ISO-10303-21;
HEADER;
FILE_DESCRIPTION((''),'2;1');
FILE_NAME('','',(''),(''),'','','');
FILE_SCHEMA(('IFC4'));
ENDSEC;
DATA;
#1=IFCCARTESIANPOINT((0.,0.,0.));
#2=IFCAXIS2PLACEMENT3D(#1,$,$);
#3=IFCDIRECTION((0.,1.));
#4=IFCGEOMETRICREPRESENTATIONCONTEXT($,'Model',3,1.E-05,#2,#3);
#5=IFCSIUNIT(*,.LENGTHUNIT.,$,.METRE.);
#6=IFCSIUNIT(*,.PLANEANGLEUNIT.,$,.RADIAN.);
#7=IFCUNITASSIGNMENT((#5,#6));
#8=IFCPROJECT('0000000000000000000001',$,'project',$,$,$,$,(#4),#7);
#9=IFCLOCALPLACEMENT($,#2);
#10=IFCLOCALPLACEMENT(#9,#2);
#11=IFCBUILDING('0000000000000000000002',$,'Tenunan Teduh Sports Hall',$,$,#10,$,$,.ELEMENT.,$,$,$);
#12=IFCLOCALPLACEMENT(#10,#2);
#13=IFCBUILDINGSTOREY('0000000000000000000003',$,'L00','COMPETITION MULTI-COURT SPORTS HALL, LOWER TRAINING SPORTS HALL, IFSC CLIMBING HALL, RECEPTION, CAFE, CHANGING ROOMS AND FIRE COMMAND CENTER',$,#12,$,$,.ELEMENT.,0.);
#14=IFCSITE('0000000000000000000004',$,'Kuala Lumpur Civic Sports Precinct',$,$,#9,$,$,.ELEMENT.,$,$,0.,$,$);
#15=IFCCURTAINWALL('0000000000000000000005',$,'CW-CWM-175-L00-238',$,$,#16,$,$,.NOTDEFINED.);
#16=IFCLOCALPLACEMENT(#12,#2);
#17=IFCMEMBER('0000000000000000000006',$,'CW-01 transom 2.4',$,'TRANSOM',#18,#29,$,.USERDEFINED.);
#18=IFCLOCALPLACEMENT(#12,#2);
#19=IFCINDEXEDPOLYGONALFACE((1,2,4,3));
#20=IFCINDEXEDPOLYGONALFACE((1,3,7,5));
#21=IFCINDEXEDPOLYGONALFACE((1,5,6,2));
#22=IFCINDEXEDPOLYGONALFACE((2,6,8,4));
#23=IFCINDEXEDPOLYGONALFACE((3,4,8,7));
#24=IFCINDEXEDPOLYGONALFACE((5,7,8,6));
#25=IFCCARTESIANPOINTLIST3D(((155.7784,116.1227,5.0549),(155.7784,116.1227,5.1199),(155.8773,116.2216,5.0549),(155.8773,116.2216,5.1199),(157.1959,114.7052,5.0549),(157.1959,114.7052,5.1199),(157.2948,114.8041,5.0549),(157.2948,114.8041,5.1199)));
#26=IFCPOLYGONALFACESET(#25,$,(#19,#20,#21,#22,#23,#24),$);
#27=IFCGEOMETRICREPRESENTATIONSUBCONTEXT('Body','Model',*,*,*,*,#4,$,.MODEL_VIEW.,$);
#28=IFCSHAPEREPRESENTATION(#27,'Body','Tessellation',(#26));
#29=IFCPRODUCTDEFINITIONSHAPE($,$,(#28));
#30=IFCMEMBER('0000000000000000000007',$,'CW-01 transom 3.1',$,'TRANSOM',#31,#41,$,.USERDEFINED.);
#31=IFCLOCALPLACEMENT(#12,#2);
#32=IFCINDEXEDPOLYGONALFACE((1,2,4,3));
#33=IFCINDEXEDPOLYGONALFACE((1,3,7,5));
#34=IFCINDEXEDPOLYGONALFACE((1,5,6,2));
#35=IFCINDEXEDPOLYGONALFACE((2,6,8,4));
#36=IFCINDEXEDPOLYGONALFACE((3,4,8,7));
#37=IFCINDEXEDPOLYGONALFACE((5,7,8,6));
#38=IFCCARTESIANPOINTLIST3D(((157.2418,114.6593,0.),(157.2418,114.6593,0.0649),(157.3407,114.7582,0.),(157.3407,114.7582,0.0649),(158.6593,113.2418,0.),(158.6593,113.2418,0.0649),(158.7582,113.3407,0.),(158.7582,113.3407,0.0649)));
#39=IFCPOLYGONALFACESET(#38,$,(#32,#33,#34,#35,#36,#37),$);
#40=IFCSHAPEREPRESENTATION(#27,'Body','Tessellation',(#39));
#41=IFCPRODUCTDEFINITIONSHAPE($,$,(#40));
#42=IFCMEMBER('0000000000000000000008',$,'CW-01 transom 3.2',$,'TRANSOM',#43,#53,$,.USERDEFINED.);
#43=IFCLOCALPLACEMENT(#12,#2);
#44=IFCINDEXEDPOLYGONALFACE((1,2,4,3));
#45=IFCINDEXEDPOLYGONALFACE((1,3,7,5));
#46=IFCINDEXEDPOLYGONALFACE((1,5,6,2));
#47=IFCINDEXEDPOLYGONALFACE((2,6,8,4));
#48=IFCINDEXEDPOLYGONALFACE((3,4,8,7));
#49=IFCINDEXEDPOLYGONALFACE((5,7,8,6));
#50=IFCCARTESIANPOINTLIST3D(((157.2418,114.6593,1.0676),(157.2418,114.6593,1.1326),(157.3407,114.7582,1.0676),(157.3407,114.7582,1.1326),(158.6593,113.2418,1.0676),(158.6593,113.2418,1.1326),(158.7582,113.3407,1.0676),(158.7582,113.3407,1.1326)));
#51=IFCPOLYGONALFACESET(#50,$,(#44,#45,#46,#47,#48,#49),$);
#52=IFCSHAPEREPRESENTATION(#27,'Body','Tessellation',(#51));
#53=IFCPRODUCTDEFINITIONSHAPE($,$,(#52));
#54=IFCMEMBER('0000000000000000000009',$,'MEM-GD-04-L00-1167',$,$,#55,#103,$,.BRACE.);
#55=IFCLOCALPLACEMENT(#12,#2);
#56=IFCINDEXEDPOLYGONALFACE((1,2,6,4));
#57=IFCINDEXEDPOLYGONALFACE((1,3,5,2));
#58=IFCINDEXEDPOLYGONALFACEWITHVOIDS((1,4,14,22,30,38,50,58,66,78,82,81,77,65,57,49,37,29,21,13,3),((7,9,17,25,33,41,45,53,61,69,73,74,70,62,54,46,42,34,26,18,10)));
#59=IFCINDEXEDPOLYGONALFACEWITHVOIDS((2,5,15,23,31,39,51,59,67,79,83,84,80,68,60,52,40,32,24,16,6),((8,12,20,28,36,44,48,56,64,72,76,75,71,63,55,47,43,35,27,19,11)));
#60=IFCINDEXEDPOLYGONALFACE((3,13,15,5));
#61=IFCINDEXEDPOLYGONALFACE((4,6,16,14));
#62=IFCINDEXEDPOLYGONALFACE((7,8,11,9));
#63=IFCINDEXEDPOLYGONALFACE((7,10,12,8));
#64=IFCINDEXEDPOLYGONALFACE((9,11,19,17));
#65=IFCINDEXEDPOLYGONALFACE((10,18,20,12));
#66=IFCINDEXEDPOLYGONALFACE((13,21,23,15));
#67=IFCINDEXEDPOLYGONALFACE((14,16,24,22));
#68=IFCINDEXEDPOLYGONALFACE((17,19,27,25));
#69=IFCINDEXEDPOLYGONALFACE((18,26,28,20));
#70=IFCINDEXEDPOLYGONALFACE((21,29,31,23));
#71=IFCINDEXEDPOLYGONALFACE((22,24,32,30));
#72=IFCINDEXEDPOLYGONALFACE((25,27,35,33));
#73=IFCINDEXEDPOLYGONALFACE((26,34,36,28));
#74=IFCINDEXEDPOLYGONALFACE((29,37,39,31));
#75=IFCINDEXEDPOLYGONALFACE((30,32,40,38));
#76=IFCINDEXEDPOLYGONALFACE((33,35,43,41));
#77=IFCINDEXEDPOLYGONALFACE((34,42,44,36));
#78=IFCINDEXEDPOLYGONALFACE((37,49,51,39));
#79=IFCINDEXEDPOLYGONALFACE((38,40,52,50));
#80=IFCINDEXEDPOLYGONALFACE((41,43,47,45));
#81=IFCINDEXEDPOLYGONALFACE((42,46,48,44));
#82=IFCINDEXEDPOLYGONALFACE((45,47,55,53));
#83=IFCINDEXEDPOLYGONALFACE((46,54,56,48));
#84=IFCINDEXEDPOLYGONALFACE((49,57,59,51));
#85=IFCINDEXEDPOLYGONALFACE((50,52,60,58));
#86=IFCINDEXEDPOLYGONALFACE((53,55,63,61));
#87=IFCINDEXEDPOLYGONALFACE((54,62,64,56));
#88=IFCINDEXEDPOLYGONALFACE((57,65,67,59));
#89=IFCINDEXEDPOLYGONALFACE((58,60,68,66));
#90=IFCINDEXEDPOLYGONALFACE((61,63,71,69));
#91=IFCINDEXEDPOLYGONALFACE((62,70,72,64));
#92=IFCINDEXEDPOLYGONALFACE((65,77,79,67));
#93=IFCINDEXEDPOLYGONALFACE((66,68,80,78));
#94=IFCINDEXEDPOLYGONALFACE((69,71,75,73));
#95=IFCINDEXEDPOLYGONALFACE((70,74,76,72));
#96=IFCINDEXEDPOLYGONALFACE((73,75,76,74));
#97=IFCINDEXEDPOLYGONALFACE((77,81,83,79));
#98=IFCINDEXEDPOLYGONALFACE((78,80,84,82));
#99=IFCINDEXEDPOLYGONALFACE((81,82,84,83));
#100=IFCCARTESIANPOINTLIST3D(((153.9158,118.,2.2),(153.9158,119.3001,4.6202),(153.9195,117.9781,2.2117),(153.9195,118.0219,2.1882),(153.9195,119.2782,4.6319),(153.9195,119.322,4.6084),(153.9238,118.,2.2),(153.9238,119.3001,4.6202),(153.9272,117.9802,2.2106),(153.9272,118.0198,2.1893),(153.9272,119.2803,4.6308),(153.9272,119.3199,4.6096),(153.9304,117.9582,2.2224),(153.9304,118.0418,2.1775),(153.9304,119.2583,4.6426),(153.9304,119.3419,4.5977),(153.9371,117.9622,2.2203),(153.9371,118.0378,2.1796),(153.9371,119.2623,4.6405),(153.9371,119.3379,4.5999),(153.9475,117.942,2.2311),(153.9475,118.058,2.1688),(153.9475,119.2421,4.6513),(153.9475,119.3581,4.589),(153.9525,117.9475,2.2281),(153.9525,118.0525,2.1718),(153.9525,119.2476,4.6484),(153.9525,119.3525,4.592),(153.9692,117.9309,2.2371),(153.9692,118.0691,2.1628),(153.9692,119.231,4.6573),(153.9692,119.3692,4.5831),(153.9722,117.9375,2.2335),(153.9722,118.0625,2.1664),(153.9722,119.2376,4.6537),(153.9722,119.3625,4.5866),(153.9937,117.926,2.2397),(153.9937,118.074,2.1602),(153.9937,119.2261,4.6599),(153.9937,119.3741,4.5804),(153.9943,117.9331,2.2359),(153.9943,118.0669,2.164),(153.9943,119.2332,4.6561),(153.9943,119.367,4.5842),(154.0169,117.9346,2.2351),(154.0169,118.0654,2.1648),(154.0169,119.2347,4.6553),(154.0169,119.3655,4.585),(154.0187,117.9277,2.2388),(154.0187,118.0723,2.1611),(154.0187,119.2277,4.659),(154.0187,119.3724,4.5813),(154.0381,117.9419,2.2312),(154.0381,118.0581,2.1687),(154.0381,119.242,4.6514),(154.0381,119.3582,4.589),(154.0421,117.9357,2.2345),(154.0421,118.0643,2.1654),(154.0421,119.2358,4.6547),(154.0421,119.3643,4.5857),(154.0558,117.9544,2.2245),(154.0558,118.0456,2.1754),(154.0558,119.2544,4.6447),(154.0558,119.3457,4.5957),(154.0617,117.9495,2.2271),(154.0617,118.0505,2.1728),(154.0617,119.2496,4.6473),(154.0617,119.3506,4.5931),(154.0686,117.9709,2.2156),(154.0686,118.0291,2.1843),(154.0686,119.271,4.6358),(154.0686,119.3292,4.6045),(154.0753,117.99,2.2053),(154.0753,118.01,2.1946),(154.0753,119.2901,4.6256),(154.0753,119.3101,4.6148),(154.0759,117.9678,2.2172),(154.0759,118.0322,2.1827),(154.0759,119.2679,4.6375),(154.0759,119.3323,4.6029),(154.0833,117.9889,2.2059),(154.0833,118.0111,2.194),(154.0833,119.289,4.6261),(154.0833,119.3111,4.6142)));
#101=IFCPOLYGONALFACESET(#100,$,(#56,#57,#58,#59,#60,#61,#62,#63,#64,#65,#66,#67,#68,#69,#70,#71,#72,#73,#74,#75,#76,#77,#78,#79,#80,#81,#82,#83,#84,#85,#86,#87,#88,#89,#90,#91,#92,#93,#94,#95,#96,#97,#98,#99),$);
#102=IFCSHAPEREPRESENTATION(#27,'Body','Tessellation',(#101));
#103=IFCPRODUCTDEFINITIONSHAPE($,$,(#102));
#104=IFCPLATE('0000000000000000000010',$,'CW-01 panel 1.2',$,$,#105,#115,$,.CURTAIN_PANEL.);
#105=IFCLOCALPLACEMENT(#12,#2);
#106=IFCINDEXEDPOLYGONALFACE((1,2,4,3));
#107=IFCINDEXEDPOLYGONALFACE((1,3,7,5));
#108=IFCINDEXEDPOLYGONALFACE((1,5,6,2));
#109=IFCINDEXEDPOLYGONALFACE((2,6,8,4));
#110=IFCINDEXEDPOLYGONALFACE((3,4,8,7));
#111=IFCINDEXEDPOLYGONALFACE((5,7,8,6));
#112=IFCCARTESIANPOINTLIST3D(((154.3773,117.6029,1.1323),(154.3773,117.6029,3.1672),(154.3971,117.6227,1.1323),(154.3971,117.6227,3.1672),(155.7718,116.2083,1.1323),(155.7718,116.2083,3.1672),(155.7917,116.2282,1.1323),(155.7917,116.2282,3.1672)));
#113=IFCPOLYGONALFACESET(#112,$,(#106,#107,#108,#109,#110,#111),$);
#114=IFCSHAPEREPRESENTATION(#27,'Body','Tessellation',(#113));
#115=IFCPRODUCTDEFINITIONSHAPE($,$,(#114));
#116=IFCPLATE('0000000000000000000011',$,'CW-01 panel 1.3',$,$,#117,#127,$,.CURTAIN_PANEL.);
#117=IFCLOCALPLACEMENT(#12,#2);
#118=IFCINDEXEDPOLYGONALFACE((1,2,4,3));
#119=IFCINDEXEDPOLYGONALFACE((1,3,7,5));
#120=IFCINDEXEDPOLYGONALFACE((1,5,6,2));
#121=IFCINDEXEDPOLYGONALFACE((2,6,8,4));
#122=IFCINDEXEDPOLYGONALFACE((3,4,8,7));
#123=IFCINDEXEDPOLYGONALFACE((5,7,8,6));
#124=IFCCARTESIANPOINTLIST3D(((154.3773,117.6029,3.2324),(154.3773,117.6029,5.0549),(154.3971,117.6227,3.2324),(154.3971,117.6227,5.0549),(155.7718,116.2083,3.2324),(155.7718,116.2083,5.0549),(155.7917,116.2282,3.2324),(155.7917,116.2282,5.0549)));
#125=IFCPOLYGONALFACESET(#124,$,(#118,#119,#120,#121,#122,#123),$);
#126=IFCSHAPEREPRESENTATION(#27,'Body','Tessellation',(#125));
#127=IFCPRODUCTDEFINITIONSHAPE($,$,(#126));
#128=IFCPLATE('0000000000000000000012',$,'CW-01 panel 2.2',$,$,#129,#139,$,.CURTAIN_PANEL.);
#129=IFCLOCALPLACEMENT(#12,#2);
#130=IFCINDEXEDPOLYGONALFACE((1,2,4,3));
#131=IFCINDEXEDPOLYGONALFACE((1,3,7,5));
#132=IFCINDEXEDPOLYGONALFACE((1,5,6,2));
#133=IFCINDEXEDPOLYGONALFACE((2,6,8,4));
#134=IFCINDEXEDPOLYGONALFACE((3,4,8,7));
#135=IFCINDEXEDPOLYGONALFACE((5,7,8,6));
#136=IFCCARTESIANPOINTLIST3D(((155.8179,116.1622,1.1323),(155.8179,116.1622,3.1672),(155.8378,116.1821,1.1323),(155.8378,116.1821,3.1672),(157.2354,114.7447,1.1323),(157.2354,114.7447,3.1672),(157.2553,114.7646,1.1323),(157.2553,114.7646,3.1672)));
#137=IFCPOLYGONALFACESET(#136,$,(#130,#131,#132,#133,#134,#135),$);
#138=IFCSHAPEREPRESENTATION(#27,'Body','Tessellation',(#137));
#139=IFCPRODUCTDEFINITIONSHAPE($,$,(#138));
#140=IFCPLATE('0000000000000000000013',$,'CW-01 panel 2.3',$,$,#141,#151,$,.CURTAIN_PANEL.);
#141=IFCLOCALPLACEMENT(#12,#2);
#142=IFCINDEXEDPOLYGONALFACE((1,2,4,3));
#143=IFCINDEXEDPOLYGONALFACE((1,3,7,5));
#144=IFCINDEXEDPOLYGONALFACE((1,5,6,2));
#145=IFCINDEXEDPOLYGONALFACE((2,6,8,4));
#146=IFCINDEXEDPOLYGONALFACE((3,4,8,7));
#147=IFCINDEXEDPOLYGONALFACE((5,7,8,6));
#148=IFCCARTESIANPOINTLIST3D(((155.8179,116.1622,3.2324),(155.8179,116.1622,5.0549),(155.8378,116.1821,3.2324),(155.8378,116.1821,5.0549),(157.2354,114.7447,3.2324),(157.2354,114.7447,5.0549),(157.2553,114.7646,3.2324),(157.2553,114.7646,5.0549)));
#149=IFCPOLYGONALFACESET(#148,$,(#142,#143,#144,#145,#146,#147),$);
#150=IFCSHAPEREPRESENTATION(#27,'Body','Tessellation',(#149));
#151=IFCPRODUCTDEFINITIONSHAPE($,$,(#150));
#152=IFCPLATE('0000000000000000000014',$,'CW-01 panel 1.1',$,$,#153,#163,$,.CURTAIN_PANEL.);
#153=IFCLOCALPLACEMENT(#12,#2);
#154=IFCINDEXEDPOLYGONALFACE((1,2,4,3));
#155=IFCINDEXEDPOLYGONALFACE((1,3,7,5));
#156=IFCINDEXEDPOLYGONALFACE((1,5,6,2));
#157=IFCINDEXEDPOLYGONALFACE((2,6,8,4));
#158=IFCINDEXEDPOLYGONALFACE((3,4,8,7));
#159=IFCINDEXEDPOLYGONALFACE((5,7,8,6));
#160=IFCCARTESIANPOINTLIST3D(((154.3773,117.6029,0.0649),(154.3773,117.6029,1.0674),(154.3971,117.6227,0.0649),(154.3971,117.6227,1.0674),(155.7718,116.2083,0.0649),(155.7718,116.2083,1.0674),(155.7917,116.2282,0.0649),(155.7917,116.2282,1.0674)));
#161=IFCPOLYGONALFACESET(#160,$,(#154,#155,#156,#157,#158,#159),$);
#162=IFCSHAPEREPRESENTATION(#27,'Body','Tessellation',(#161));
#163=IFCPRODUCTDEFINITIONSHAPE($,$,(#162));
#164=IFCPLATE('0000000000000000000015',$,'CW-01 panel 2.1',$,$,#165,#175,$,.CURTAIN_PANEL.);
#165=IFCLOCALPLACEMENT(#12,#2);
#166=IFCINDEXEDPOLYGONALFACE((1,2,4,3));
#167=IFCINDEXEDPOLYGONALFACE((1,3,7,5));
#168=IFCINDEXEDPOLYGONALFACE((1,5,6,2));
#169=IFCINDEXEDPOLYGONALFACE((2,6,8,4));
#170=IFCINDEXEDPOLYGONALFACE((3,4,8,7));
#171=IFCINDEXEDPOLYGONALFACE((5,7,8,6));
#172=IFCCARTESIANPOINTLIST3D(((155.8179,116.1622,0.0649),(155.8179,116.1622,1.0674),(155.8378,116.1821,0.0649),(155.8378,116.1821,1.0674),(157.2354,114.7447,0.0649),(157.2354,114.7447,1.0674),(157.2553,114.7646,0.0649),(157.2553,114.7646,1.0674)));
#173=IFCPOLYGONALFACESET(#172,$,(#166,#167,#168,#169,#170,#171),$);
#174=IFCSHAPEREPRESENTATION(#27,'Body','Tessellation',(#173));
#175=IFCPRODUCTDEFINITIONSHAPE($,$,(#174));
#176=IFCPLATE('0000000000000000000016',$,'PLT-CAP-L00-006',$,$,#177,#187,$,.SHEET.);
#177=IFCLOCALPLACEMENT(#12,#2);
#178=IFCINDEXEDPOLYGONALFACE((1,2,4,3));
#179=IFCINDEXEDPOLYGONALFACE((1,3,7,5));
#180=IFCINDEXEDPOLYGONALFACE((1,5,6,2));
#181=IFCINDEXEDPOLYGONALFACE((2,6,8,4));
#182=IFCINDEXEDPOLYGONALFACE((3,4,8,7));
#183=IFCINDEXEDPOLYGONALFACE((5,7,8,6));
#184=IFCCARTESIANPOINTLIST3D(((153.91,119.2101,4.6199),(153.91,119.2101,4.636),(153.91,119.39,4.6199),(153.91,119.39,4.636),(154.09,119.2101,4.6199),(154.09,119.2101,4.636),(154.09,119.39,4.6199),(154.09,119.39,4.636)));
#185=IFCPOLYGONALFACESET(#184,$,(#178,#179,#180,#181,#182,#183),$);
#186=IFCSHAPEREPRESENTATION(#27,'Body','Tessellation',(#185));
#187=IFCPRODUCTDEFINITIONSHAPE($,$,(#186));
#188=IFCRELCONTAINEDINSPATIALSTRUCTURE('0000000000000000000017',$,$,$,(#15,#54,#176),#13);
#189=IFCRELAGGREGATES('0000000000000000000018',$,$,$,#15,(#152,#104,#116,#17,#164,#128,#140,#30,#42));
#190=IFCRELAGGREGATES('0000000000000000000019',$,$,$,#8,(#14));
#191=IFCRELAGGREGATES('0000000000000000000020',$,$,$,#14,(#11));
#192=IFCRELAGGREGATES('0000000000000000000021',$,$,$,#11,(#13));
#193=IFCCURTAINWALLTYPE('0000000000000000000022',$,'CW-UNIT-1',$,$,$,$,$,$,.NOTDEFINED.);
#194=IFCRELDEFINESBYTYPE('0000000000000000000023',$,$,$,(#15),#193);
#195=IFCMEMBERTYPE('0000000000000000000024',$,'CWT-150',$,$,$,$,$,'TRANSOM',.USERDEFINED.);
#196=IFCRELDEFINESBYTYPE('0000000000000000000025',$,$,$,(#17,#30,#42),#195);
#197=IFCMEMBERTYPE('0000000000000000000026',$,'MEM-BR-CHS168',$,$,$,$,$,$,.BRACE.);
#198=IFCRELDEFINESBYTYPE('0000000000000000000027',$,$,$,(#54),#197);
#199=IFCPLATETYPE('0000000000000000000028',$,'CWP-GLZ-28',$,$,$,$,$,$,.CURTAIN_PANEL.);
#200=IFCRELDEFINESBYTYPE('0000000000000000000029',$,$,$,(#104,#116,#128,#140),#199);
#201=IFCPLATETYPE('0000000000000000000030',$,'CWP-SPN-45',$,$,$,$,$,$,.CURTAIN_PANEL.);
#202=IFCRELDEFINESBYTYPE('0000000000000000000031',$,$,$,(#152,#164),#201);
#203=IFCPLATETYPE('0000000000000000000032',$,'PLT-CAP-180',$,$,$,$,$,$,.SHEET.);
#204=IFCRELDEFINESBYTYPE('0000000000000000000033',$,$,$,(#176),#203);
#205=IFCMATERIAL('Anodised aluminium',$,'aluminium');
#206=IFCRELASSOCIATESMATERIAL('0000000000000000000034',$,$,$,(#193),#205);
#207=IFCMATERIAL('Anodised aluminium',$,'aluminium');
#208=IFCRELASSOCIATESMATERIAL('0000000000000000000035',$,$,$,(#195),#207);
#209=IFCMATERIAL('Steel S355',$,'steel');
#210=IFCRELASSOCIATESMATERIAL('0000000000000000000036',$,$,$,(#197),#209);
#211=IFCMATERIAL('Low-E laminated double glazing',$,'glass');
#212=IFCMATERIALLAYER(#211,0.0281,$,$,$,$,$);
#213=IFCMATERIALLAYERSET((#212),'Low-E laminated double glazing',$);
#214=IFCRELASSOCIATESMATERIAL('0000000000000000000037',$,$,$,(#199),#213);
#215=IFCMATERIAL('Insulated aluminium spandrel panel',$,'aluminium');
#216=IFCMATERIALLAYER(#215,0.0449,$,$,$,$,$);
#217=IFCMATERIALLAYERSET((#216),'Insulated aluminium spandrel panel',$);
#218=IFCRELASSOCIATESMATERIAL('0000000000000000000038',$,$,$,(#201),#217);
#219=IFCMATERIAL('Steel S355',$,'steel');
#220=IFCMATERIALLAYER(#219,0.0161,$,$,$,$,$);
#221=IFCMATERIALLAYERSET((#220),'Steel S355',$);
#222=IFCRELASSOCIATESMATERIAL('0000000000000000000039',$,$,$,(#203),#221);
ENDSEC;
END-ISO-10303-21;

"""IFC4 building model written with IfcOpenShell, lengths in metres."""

from ifc_helpers import new_model, si_unit, direction, frame, origin, origin_2d, place, context, subcontext, project, spatial, rectangle, hollow_circle, extrude, material, layer, layer_set, material_profile, profile_set, type_object, element, aggregate, save


model = new_model("IFC4")

# Units and contexts
model_context = context("Model", 3, precision=1e-05, world=origin(), true_north=direction((0.0, 1.0)))
body_context = subcontext(model_context, "Body", "Model", "MODEL_VIEW")
ifc_project = project(units=[si_unit("LENGTHUNIT", "METRE"), si_unit("PLANEANGLEUNIT", "RADIAN")], contexts=[model_context])

# Site, building, storey
site_placement = place(None, origin())
site = spatial("IfcSite", under=ifc_project, at=site_placement, Name="Kuala Lumpur Civic Sports Precinct", CompositionType="ELEMENT", RefElevation=0.0)
building_placement = place(site_placement, origin())
building = spatial("IfcBuilding", under=site, at=building_placement, Name="Tenunan Teduh Sports Hall", CompositionType="ELEMENT")
storey_placement = place(building_placement, origin())
storey = spatial("IfcBuildingStorey", under=building, at=storey_placement, Name="L00", Description="COMPETITION MULTI-COURT SPORTS HALL, LOWER TRAINING SPORTS HALL, IFSC CLIMBING HALL, RECEPTION, CAFE, CHANGING ROOMS AND FIRE COMMAND CENTER", CompositionType="ELEMENT", Elevation=0.0)

# Curtain wall, members
ifc_material_1 = material(Name="Anodised aluminium", Category="aluminium")
curtain_wall_type = type_object("IfcCurtainWallType", Name="CW-UNIT-1", PredefinedType="NOTDEFINED", material=ifc_material_1)
curtain_wall_placement = place(storey_placement, origin())
curtain_wall = element("IfcCurtainWall", 1, at=curtain_wall_placement, inside=storey, type_object=curtain_wall_type, Name="CW-CWM-175-L00-238", PredefinedType="NOTDEFINED")
ifc_material_2 = material(Name="Anodised aluminium", Category="aluminium")
ifc_material_profile_1 = material_profile(ifc_material_2, rectangle(XDim=0.0649, YDim=0.1399, at=origin_2d()), Name="CWT 65x140")
ifc_profile_set_1 = profile_set([ifc_material_profile_1], Name="Anodised aluminium")
member_type_1 = type_object("IfcMemberType", Name="CWT-150", ElementType="TRANSOM", PredefinedType="USERDEFINED", material=ifc_profile_set_1)
member_1_placement = place(storey_placement, frame((155.8279, 116.1721, 5.0874), z_axis=(0.707107, -0.707107, 0.0), x_axis=(0.0, 0.0, 1.0)))
member_1 = element("IfcMember", 2, at=member_1_placement, type_object=member_type_1, Name="CW-01 transom 2.4", ObjectType="TRANSOM", PredefinedType="USERDEFINED", context=body_context, shape_type="SweptSolid", body=[
    extrude(rectangle(XDim=0.0649, YDim=0.1399, at=origin_2d()), origin(), (0.0, 0.0, 1.0), 2.0046),
])
member_2_placement = place(storey_placement, frame((157.2913, 114.7087, 0.0325), z_axis=(0.707107, -0.707107, 0.0), x_axis=(0.0, 0.0, 1.0)))
member_2 = element("IfcMember", 3, at=member_2_placement, type_object=member_type_1, Name="CW-01 transom 3.1", ObjectType="TRANSOM", PredefinedType="USERDEFINED", context=body_context, shape_type="SweptSolid", body=[
    extrude(rectangle(XDim=0.0649, YDim=0.1399, at=origin_2d()), origin(), (0.0, 0.0, 1.0), 2.0046),
])
member_3_placement = place(storey_placement, frame((157.2913, 114.7087, 1.1001), z_axis=(0.707107, -0.707107, 0.0), x_axis=(0.0, 0.0, 1.0)))
member_3 = element("IfcMember", 4, at=member_3_placement, type_object=member_type_1, Name="CW-01 transom 3.2", ObjectType="TRANSOM", PredefinedType="USERDEFINED", context=body_context, shape_type="SweptSolid", body=[
    extrude(rectangle(XDim=0.0649, YDim=0.1399, at=origin_2d()), origin(), (0.0, 0.0, 1.0), 2.0046),
])

# Member
ifc_material_3 = material(Name="Steel S355", Category="steel")
ifc_material_profile_2 = material_profile(ifc_material_3, hollow_circle(Radius=0.0842, WallThickness=0.0081, at=origin_2d()), Name="CHS 168.3x8.0")
ifc_profile_set_2 = profile_set([ifc_material_profile_2], Name="Steel S355")
member_type_2 = type_object("IfcMemberType", Name="MEM-BR-CHS168", PredefinedType="BRACE", material=ifc_profile_set_2)
member_4_placement = place(storey_placement, frame((154.0, 118.0, 2.2), z_axis=(0.0, 0.47322, 0.880944), x_axis=(-1.0, 0.0, 0.0)))
element("IfcMember", 5, at=member_4_placement, inside=storey, type_object=member_type_2, Name="MEM-GD-04-L00-1167", PredefinedType="BRACE", context=body_context, shape_type="SweptSolid", body=[
    extrude(hollow_circle(Radius=0.0842, WallThickness=0.0081, at=origin_2d()), origin(), (0.0, 0.0, 1.0), 2.7473),
])

# Plates
ifc_material_4 = material(Name="Low-E laminated double glazing", Category="glass")
ifc_layer_1 = layer(ifc_material_4, 0.0281)
ifc_layer_set_1 = layer_set([ifc_layer_1], Name="Low-E laminated double glazing")
plate_type_1 = type_object("IfcPlateType", Name="CWP-GLZ-28", PredefinedType="CURTAIN_PANEL", material=ifc_layer_set_1)
plate_1_placement = place(storey_placement, frame((155.0845, 116.9155, 1.1323), z_axis=(0.0, 0.0, 1.0), x_axis=(0.707107, -0.707107, 0.0)))
plate_1 = element("IfcPlate", 6, at=plate_1_placement, type_object=plate_type_1, Name="CW-01 panel 1.2", PredefinedType="CURTAIN_PANEL", context=body_context, shape_type="SweptSolid", body=[
    extrude(rectangle(XDim=1.9722, YDim=0.0281, at=origin_2d()), origin(), (0.0, 0.0, 1.0), 2.0349),
])
plate_2_placement = place(storey_placement, frame((155.0845, 116.9155, 3.2324), z_axis=(0.0, 0.0, 1.0), x_axis=(0.707107, -0.707107, 0.0)))
plate_2 = element("IfcPlate", 7, at=plate_2_placement, type_object=plate_type_1, Name="CW-01 panel 1.3", PredefinedType="CURTAIN_PANEL", context=body_context, shape_type="SweptSolid", body=[
    extrude(rectangle(XDim=1.9722, YDim=0.0281, at=origin_2d()), origin(), (0.0, 0.0, 1.0), 1.8225),
])
plate_3_placement = place(storey_placement, frame((156.5366, 115.4634, 1.1323), z_axis=(0.0, 0.0, 1.0), x_axis=(0.707107, -0.707107, 0.0)))
plate_3 = element("IfcPlate", 8, at=plate_3_placement, type_object=plate_type_1, Name="CW-01 panel 2.2", PredefinedType="CURTAIN_PANEL", context=body_context, shape_type="SweptSolid", body=[
    extrude(rectangle(XDim=2.0046, YDim=0.0281, at=origin_2d()), origin(), (0.0, 0.0, 1.0), 2.0349),
])
plate_4_placement = place(storey_placement, frame((156.5366, 115.4634, 3.2324), z_axis=(0.0, 0.0, 1.0), x_axis=(0.707107, -0.707107, 0.0)))
plate_4 = element("IfcPlate", 9, at=plate_4_placement, type_object=plate_type_1, Name="CW-01 panel 2.3", PredefinedType="CURTAIN_PANEL", context=body_context, shape_type="SweptSolid", body=[
    extrude(rectangle(XDim=2.0046, YDim=0.0281, at=origin_2d()), origin(), (0.0, 0.0, 1.0), 1.8225),
])
ifc_material_5 = material(Name="Insulated aluminium spandrel panel", Category="aluminium")
ifc_layer_2 = layer(ifc_material_5, 0.0449)
ifc_layer_set_2 = layer_set([ifc_layer_2], Name="Insulated aluminium spandrel panel")
plate_type_2 = type_object("IfcPlateType", Name="CWP-SPN-45", PredefinedType="CURTAIN_PANEL", material=ifc_layer_set_2)
plate_5_placement = place(storey_placement, frame((155.0845, 116.9155, 0.0649), z_axis=(0.0, 0.0, 1.0), x_axis=(0.707107, -0.707107, 0.0)))
plate_5 = element("IfcPlate", 10, at=plate_5_placement, type_object=plate_type_2, Name="CW-01 panel 1.1", PredefinedType="CURTAIN_PANEL", context=body_context, shape_type="SweptSolid", body=[
    extrude(rectangle(XDim=1.9722, YDim=0.0281, at=origin_2d()), origin(), (0.0, 0.0, 1.0), 1.0024),
])
plate_6_placement = place(storey_placement, frame((156.5366, 115.4634, 0.0649), z_axis=(0.0, 0.0, 1.0), x_axis=(0.707107, -0.707107, 0.0)))
plate_6 = element("IfcPlate", 11, at=plate_6_placement, type_object=plate_type_2, Name="CW-01 panel 2.1", PredefinedType="CURTAIN_PANEL", context=body_context, shape_type="SweptSolid", body=[
    extrude(rectangle(XDim=2.0046, YDim=0.0281, at=origin_2d()), origin(), (0.0, 0.0, 1.0), 1.0024),
])
aggregate(curtain_wall, [plate_5, plate_1, plate_2, member_1, plate_6, plate_3, plate_4, member_2, member_3])
ifc_material_6 = material(Name="Steel S355", Category="steel")
ifc_layer_3 = layer(ifc_material_6, 0.0161)
ifc_layer_set_3 = layer_set([ifc_layer_3], Name="Steel S355")
plate_type_3 = type_object("IfcPlateType", Name="PLT-CAP-180", PredefinedType="SHEET", material=ifc_layer_set_3)
plate_7_placement = place(storey_placement, frame((154.0, 119.3, 4.6199), z_axis=(0.0, 0.0, 1.0), x_axis=(1.0, 0.0, 0.0)))
element("IfcPlate", 12, at=plate_7_placement, inside=storey, type_object=plate_type_3, Name="PLT-CAP-L00-006", PredefinedType="SHEET", context=body_context, shape_type="SweptSolid", body=[
    extrude(rectangle(XDim=0.1799, YDim=0.1799, at=origin_2d()), origin(), (0.0, 0.0, 1.0), 0.0161),
])

save(model, "model.ifc")
